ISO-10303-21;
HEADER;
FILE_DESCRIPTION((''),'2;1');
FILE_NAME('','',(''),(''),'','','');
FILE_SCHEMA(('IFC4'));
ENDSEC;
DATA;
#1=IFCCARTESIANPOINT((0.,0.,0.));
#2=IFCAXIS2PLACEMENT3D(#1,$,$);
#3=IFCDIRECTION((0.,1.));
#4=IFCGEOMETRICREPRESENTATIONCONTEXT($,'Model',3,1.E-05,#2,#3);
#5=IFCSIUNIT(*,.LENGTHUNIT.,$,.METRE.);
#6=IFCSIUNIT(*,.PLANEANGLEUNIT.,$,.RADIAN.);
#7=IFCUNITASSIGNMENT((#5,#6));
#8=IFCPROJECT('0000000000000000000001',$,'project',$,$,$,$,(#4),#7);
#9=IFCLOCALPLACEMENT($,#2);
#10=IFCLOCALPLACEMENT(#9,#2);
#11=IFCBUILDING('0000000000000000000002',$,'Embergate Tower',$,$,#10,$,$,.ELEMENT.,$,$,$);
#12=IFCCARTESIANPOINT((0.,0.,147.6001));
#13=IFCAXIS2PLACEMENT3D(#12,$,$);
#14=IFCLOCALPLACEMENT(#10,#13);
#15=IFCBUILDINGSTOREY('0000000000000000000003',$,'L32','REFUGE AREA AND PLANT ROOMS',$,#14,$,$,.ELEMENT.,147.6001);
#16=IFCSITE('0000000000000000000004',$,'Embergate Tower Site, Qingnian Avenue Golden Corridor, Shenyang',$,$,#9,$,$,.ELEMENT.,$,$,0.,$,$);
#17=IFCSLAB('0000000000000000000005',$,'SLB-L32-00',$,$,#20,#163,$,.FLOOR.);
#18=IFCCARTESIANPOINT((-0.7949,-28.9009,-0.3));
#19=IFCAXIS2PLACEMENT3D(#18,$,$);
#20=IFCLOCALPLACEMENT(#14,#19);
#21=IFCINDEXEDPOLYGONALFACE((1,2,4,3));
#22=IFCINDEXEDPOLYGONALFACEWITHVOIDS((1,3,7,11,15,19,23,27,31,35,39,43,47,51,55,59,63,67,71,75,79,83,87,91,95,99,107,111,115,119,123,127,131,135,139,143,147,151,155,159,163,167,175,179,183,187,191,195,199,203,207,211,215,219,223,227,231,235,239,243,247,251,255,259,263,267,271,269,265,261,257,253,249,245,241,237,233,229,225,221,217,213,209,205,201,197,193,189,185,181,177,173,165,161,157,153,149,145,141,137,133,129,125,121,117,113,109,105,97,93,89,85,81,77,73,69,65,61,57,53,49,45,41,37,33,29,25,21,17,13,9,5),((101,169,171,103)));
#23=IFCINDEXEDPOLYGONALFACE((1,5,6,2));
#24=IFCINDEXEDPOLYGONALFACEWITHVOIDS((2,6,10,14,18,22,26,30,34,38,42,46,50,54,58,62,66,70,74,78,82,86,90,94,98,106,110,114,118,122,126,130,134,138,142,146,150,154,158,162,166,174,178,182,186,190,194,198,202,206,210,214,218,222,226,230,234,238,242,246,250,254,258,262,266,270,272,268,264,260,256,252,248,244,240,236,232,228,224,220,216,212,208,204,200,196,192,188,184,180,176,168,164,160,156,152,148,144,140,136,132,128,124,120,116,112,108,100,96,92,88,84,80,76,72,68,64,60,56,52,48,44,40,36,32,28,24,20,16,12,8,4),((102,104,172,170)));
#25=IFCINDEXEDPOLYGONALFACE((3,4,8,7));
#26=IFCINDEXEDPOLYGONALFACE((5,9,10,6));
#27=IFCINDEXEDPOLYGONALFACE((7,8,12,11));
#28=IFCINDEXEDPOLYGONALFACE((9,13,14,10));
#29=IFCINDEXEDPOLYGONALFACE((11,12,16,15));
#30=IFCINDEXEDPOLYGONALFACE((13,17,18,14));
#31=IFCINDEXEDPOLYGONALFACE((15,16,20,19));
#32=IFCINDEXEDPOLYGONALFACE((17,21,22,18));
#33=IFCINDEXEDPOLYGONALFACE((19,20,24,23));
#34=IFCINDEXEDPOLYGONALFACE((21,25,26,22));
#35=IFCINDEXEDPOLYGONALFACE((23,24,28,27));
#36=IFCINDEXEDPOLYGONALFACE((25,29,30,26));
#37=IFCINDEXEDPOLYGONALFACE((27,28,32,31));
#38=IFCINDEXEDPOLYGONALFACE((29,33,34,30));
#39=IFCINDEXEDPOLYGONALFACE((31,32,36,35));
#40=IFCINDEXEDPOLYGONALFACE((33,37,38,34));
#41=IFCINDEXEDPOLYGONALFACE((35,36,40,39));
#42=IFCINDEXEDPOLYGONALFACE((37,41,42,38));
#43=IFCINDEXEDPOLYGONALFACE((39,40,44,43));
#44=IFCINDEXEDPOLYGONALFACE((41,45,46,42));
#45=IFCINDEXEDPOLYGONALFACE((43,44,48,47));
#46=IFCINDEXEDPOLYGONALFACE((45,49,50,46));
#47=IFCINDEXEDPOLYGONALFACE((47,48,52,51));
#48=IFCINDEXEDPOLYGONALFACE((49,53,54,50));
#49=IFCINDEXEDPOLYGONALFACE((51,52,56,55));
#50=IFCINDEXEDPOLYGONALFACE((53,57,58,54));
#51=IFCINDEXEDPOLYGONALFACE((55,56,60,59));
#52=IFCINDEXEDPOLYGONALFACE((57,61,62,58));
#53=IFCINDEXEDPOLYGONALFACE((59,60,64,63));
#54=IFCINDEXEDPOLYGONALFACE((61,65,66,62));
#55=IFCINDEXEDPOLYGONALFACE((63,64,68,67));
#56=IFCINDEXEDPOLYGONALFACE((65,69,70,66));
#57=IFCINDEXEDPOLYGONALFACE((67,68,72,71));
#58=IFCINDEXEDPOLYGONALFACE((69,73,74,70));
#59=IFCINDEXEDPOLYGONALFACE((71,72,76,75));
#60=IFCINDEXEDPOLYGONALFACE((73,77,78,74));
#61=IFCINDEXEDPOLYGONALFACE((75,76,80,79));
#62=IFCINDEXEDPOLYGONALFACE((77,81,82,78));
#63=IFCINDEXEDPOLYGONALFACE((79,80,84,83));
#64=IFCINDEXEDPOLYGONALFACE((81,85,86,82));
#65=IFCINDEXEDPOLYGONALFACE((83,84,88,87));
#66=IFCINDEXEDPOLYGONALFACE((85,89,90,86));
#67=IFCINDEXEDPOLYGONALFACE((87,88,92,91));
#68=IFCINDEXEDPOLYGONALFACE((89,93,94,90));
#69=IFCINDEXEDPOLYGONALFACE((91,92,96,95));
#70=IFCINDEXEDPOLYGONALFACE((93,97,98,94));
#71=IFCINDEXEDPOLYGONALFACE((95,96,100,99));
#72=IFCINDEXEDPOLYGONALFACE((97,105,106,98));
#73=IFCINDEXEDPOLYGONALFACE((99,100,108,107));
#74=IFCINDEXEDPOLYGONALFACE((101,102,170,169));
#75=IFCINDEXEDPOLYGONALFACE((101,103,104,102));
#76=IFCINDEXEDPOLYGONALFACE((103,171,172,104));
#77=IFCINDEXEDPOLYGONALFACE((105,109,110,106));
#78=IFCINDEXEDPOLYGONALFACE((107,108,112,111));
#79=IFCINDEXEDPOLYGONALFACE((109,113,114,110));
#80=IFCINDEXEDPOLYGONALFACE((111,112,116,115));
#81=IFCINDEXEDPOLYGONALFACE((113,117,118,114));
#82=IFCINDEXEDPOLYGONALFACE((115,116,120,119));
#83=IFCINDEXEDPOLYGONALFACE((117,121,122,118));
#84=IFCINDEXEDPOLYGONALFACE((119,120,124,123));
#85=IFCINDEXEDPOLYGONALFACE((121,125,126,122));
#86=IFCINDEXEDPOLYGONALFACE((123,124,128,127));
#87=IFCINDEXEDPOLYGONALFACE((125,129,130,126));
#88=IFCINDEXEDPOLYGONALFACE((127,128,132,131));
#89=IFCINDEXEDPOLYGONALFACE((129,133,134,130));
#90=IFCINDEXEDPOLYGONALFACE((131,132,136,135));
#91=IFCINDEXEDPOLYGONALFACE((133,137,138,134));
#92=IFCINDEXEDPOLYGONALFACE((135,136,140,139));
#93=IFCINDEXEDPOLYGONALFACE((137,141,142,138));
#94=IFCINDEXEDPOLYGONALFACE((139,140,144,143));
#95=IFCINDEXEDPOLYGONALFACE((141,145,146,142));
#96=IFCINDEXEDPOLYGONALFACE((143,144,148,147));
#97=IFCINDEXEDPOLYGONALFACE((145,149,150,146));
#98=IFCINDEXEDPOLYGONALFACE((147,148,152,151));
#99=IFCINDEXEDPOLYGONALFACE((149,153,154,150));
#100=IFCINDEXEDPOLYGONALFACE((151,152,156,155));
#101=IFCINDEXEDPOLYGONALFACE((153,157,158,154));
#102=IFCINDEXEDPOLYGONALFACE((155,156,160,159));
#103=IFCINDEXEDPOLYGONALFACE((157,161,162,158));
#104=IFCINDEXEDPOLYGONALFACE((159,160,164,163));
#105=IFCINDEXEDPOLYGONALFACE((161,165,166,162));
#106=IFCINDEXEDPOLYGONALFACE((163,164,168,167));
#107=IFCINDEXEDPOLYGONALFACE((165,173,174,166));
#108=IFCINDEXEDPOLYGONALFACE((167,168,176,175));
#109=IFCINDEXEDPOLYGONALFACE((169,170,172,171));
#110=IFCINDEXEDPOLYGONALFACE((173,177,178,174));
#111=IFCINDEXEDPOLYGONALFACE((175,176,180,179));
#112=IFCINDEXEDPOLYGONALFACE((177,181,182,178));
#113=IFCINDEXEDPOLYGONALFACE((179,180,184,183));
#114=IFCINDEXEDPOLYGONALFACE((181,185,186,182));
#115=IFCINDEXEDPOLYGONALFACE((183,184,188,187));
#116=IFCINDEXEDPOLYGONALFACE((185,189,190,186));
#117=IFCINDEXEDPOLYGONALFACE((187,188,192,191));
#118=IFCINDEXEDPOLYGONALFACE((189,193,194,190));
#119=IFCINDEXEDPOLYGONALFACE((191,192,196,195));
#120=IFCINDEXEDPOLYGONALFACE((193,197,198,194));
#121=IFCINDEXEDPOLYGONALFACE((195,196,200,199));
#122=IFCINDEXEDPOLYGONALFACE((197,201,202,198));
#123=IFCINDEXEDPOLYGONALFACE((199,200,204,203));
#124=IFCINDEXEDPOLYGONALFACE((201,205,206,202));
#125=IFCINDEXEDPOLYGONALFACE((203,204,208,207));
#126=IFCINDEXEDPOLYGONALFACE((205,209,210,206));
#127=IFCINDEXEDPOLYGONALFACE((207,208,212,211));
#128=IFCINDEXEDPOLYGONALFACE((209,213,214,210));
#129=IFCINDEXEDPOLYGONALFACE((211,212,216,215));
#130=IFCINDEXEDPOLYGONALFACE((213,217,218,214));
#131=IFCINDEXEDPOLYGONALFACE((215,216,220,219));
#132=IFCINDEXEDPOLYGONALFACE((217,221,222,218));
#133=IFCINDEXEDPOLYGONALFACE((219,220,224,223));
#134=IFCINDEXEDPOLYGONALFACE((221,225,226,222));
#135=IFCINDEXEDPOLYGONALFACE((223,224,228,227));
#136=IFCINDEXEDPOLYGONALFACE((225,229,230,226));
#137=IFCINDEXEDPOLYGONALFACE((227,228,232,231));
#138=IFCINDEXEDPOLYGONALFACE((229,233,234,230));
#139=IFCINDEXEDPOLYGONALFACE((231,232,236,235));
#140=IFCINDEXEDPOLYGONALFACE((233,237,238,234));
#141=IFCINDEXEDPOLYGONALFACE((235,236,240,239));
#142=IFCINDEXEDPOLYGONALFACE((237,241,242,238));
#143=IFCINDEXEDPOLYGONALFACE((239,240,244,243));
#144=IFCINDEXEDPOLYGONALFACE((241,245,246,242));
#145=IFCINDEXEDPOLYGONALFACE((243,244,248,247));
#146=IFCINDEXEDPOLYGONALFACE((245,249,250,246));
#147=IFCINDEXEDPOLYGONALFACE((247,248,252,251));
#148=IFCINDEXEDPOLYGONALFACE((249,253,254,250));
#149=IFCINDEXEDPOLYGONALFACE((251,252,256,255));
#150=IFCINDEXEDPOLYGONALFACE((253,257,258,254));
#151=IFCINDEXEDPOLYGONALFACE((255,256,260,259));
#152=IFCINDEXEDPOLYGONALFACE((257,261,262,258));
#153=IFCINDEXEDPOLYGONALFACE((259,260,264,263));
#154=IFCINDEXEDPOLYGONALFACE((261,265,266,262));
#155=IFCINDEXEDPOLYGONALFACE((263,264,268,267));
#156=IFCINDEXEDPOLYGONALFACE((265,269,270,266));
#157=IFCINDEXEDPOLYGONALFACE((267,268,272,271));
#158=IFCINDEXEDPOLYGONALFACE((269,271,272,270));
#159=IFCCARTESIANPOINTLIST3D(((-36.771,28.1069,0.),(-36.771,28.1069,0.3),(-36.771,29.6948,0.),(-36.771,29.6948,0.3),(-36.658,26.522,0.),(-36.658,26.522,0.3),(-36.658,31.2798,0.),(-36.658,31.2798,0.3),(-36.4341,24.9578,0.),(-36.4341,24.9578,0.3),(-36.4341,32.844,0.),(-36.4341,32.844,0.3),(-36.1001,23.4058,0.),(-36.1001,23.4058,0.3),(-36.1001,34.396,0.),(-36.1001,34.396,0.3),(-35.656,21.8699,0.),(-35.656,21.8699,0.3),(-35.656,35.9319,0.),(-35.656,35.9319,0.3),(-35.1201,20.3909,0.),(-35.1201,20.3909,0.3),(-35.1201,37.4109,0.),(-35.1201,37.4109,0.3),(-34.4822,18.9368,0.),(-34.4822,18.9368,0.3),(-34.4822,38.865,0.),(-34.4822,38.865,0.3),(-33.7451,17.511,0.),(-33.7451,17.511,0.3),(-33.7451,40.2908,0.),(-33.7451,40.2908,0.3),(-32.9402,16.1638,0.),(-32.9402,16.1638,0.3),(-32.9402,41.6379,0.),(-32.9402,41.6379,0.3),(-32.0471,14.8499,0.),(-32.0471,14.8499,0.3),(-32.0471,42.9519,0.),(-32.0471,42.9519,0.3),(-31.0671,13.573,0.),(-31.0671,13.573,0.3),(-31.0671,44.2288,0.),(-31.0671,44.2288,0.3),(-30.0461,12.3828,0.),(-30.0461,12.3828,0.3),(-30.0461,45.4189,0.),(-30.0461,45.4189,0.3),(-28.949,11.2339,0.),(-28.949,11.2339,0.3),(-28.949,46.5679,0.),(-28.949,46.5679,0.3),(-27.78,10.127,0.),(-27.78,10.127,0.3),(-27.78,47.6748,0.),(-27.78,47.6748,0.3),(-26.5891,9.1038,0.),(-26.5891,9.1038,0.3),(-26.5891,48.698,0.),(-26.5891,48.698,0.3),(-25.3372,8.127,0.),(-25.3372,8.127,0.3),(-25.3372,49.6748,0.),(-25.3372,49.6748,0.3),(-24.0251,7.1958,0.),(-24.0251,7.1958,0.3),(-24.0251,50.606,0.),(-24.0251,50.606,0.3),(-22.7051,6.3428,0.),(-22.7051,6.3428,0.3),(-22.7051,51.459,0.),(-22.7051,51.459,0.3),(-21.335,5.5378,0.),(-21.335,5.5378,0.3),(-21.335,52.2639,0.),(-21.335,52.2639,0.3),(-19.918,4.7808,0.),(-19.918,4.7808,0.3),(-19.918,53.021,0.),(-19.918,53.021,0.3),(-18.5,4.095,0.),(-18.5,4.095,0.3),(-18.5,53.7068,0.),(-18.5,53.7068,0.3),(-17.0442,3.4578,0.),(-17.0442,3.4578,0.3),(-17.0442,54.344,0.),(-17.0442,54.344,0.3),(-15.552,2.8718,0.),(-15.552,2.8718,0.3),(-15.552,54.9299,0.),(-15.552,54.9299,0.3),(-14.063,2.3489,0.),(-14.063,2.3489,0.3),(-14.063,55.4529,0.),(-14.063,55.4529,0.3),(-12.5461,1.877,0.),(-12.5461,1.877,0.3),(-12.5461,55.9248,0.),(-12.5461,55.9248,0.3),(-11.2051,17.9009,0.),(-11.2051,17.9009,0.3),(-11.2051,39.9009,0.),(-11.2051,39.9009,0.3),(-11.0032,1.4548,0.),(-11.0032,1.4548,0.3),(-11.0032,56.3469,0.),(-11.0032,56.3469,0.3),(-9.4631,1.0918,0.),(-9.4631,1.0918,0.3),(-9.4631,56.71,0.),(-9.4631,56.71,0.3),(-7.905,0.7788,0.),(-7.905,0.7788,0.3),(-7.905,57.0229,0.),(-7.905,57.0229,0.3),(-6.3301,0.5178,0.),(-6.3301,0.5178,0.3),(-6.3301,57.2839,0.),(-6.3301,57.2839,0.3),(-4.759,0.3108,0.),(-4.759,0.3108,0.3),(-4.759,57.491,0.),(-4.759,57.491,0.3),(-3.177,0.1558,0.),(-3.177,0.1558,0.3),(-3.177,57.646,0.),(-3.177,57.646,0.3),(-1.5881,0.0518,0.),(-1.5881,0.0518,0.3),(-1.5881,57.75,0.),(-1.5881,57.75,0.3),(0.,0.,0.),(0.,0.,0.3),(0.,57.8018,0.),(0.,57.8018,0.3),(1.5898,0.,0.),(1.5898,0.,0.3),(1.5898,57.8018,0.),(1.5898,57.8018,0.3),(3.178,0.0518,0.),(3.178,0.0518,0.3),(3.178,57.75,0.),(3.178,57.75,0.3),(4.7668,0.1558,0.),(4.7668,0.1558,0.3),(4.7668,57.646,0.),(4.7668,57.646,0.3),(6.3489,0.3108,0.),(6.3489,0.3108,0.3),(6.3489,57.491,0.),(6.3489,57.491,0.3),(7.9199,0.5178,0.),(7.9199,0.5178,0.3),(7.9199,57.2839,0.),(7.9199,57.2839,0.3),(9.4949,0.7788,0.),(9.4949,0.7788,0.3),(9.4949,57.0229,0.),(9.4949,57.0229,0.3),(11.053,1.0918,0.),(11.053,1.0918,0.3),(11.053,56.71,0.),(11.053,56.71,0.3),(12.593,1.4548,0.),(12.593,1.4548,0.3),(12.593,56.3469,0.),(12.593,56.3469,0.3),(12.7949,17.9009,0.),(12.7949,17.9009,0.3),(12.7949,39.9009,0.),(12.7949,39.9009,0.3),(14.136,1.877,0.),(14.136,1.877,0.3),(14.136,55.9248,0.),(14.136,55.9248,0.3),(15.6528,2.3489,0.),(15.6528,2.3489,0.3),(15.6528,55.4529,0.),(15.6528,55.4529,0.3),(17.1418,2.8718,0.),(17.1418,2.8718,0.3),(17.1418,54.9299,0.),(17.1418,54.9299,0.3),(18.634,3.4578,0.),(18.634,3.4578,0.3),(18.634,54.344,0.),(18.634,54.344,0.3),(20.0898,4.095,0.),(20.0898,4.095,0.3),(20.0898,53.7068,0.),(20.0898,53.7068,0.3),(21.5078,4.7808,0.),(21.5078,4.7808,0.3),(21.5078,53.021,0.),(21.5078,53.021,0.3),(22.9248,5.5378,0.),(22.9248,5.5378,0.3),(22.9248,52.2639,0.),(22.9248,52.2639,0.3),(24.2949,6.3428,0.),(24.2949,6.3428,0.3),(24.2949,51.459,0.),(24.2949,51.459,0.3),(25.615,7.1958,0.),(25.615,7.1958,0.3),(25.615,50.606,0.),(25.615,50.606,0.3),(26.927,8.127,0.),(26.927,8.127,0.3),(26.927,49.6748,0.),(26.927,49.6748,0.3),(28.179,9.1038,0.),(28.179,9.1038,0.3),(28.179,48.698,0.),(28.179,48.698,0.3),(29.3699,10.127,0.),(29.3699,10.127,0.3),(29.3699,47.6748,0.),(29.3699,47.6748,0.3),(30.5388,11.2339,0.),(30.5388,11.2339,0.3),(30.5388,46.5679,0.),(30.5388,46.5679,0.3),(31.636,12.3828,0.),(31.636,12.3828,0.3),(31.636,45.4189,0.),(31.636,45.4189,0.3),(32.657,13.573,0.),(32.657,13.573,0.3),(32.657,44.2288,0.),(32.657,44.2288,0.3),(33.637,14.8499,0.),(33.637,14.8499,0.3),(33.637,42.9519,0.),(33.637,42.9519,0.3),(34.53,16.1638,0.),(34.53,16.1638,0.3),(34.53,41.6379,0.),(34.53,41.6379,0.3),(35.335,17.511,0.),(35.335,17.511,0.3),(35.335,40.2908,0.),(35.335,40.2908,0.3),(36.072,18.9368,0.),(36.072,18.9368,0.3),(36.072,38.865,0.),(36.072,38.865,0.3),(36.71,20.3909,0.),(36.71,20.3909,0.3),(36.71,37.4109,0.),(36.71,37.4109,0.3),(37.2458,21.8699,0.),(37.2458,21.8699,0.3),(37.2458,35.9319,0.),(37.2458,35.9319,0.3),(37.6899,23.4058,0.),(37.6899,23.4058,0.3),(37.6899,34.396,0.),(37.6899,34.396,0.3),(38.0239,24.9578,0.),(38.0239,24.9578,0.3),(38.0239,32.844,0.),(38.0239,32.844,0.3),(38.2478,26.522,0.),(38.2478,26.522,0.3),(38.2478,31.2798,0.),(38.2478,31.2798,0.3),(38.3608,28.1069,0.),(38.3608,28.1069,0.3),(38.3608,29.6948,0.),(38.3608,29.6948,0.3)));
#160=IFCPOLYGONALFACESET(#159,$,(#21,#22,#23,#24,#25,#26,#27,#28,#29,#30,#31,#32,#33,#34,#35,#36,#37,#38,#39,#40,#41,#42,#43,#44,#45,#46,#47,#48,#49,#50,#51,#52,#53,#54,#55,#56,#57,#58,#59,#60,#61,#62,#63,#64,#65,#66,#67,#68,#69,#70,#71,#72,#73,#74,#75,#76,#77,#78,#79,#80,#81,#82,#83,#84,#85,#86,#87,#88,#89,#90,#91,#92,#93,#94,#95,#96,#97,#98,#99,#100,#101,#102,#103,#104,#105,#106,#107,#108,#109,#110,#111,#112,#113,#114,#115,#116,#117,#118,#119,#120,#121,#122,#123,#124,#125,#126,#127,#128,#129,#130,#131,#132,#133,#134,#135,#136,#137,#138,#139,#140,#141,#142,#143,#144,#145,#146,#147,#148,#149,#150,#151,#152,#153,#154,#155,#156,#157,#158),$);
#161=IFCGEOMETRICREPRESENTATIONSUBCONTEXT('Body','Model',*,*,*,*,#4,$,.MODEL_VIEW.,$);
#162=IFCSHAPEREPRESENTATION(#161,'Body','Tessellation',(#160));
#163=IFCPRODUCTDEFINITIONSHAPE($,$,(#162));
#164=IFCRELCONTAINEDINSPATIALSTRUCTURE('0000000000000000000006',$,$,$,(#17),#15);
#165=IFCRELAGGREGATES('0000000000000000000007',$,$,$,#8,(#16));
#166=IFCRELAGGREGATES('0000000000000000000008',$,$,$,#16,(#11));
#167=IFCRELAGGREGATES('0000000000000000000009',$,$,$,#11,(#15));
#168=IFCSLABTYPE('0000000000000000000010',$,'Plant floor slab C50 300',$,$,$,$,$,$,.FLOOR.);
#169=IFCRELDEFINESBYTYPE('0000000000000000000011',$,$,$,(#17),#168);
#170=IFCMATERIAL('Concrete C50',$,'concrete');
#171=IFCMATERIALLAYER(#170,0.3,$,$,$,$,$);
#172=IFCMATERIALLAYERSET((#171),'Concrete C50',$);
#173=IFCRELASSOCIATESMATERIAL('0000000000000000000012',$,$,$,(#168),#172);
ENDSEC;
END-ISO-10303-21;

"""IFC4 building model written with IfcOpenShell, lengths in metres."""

from ifc_helpers import new_model, si_unit, direction, frame, origin, place, context, subcontext, project, spatial, polyline, outline, extrude, source, transform, mapped, material, layer, layer_set, type_object, element, save


model = new_model("IFC4")

# Units and contexts
model_context = context("Model", 3, precision=1e-05, world=origin(), true_north=direction((0.0, 1.0)))
body_context = subcontext(model_context, "Body", "Model", "MODEL_VIEW")
ifc_project = project(units=[si_unit("LENGTHUNIT", "METRE"), si_unit("PLANEANGLEUNIT", "RADIAN")], contexts=[model_context])

# Site, building, storey
site_placement = place(None, origin())
site = spatial("IfcSite", under=ifc_project, at=site_placement, Name="Embergate Tower Site, Qingnian Avenue Golden Corridor, Shenyang", CompositionType="ELEMENT", RefElevation=0.0)
building_placement = place(site_placement, origin())
building = spatial("IfcBuilding", under=site, at=building_placement, Name="Embergate Tower", CompositionType="ELEMENT")
storey_placement = place(building_placement, frame((0.0, 0.0, 147.6001)))
storey = spatial("IfcBuildingStorey", under=building, at=storey_placement, Name="L32", Description="REFUGE AREA AND PLANT ROOMS", CompositionType="ELEMENT", Elevation=147.6001)

# Slab
ifc_material_1 = material(Name="Concrete C50", Category="concrete")
ifc_layer_1 = layer(ifc_material_1, 0.3)
ifc_layer_set_1 = layer_set([ifc_layer_1], Name="Concrete C50")
slab_type = type_object("IfcSlabType", Name="Plant floor slab C50 300", PredefinedType="FLOOR", material=ifc_layer_set_1)
shared_shape_1 = source(origin(), body_context, "Body", "SweptSolid", [
    extrude(outline(polyline([(0.0, 0.0), (1.5898, 0.0), (3.178, 0.0518), (4.7668, 0.1558), (6.3489, 0.3108), (7.9199, 0.5178), (9.4949, 0.7788), (11.053, 1.0918), (12.593, 1.4548), (14.136, 1.877), (15.6528, 2.3489), (17.1418, 2.8718), (18.634, 3.4578), (20.0898, 4.095), (21.5078, 4.7808), (22.9248, 5.5378), (24.2949, 6.3428), (25.615, 7.1958), (26.927, 8.127), (28.179, 9.1038), (29.3699, 10.127), (30.5388, 11.2339), (31.636, 12.3828), (32.657, 13.573), (33.637, 14.8499), (34.53, 16.1638), (35.335, 17.511), (36.072, 18.9368), (36.71, 20.3909), (37.2458, 21.8699), (37.6899, 23.4058), (38.0239, 24.9578), (38.2478, 26.522), (38.3608, 28.1069), (38.3608, 29.6948), (38.2478, 31.2798), (38.0239, 32.844), (37.6899, 34.396), (37.2458, 35.9319), (36.71, 37.4109), (36.072, 38.865), (35.335, 40.2908), (34.53, 41.6379), (33.637, 42.9519), (32.657, 44.2288), (31.636, 45.4189), (30.5388, 46.5679), (29.3699, 47.6748), (28.179, 48.698), (26.927, 49.6748), (25.615, 50.606), (24.2949, 51.459), (22.9248, 52.2639), (21.5078, 53.021), (20.0898, 53.7068), (18.634, 54.344), (17.1418, 54.9299), (15.6528, 55.4529), (14.136, 55.9248), (12.593, 56.3469), (11.053, 56.71), (9.4949, 57.0229), (7.9199, 57.2839), (6.3489, 57.491), (4.7668, 57.646), (3.178, 57.75), (1.5898, 57.8018), (0.0, 57.8018), (-1.5881, 57.75), (-3.177, 57.646), (-4.759, 57.491), (-6.3301, 57.2839), (-7.905, 57.0229), (-9.4631, 56.71), (-11.0032, 56.3469), (-12.5461, 55.9248), (-14.063, 55.4529), (-15.552, 54.9299), (-17.0442, 54.344), (-18.5, 53.7068), (-19.918, 53.021), (-21.335, 52.2639), (-22.7051, 51.459), (-24.0251, 50.606), (-25.3372, 49.6748), (-26.5891, 48.698), (-27.78, 47.6748), (-28.949, 46.5679), (-30.0461, 45.4189), (-31.0671, 44.2288), (-32.0471, 42.9519), (-32.9402, 41.6379), (-33.7451, 40.2908), (-34.4822, 38.865), (-35.1201, 37.4109), (-35.656, 35.9319), (-36.1001, 34.396), (-36.4341, 32.844), (-36.658, 31.2798), (-36.771, 29.6948), (-36.771, 28.1069), (-36.658, 26.522), (-36.4341, 24.9578), (-36.1001, 23.4058), (-35.656, 21.8699), (-35.1201, 20.3909), (-34.4822, 18.9368), (-33.7451, 17.511), (-32.9402, 16.1638), (-32.0471, 14.8499), (-31.0671, 13.573), (-30.0461, 12.3828), (-28.949, 11.2339), (-27.78, 10.127), (-26.5891, 9.1038), (-25.3372, 8.127), (-24.0251, 7.1958), (-22.7051, 6.3428), (-21.335, 5.5378), (-19.918, 4.7808), (-18.5, 4.095), (-17.0442, 3.4578), (-15.552, 2.8718), (-14.063, 2.3489), (-12.5461, 1.877), (-11.0032, 1.4548), (-9.4631, 1.0918), (-7.905, 0.7788), (-6.3301, 0.5178), (-4.759, 0.3108), (-3.177, 0.1558), (-1.5881, 0.0518), (0.0, 0.0)]), holes=[polyline([(-11.2051, 17.9009), (-11.2051, 39.9009), (12.7949, 39.9009), (12.7949, 17.9009), (-11.2051, 17.9009)])]), origin(), (0.0, 0.0, 1.0), 0.3),
])
slab_placement = place(storey_placement, frame((-0.7949, -28.9009, -0.3)))
element("IfcSlab", 1, at=slab_placement, inside=storey, type_object=slab_type, Name="SLB-L32-00", PredefinedType="FLOOR", context=body_context, shape_type="MappedRepresentation", body=[
    mapped(shared_shape_1, transform((0.0, 0.0, 0.0))),
])

save(model, "model.ifc")
